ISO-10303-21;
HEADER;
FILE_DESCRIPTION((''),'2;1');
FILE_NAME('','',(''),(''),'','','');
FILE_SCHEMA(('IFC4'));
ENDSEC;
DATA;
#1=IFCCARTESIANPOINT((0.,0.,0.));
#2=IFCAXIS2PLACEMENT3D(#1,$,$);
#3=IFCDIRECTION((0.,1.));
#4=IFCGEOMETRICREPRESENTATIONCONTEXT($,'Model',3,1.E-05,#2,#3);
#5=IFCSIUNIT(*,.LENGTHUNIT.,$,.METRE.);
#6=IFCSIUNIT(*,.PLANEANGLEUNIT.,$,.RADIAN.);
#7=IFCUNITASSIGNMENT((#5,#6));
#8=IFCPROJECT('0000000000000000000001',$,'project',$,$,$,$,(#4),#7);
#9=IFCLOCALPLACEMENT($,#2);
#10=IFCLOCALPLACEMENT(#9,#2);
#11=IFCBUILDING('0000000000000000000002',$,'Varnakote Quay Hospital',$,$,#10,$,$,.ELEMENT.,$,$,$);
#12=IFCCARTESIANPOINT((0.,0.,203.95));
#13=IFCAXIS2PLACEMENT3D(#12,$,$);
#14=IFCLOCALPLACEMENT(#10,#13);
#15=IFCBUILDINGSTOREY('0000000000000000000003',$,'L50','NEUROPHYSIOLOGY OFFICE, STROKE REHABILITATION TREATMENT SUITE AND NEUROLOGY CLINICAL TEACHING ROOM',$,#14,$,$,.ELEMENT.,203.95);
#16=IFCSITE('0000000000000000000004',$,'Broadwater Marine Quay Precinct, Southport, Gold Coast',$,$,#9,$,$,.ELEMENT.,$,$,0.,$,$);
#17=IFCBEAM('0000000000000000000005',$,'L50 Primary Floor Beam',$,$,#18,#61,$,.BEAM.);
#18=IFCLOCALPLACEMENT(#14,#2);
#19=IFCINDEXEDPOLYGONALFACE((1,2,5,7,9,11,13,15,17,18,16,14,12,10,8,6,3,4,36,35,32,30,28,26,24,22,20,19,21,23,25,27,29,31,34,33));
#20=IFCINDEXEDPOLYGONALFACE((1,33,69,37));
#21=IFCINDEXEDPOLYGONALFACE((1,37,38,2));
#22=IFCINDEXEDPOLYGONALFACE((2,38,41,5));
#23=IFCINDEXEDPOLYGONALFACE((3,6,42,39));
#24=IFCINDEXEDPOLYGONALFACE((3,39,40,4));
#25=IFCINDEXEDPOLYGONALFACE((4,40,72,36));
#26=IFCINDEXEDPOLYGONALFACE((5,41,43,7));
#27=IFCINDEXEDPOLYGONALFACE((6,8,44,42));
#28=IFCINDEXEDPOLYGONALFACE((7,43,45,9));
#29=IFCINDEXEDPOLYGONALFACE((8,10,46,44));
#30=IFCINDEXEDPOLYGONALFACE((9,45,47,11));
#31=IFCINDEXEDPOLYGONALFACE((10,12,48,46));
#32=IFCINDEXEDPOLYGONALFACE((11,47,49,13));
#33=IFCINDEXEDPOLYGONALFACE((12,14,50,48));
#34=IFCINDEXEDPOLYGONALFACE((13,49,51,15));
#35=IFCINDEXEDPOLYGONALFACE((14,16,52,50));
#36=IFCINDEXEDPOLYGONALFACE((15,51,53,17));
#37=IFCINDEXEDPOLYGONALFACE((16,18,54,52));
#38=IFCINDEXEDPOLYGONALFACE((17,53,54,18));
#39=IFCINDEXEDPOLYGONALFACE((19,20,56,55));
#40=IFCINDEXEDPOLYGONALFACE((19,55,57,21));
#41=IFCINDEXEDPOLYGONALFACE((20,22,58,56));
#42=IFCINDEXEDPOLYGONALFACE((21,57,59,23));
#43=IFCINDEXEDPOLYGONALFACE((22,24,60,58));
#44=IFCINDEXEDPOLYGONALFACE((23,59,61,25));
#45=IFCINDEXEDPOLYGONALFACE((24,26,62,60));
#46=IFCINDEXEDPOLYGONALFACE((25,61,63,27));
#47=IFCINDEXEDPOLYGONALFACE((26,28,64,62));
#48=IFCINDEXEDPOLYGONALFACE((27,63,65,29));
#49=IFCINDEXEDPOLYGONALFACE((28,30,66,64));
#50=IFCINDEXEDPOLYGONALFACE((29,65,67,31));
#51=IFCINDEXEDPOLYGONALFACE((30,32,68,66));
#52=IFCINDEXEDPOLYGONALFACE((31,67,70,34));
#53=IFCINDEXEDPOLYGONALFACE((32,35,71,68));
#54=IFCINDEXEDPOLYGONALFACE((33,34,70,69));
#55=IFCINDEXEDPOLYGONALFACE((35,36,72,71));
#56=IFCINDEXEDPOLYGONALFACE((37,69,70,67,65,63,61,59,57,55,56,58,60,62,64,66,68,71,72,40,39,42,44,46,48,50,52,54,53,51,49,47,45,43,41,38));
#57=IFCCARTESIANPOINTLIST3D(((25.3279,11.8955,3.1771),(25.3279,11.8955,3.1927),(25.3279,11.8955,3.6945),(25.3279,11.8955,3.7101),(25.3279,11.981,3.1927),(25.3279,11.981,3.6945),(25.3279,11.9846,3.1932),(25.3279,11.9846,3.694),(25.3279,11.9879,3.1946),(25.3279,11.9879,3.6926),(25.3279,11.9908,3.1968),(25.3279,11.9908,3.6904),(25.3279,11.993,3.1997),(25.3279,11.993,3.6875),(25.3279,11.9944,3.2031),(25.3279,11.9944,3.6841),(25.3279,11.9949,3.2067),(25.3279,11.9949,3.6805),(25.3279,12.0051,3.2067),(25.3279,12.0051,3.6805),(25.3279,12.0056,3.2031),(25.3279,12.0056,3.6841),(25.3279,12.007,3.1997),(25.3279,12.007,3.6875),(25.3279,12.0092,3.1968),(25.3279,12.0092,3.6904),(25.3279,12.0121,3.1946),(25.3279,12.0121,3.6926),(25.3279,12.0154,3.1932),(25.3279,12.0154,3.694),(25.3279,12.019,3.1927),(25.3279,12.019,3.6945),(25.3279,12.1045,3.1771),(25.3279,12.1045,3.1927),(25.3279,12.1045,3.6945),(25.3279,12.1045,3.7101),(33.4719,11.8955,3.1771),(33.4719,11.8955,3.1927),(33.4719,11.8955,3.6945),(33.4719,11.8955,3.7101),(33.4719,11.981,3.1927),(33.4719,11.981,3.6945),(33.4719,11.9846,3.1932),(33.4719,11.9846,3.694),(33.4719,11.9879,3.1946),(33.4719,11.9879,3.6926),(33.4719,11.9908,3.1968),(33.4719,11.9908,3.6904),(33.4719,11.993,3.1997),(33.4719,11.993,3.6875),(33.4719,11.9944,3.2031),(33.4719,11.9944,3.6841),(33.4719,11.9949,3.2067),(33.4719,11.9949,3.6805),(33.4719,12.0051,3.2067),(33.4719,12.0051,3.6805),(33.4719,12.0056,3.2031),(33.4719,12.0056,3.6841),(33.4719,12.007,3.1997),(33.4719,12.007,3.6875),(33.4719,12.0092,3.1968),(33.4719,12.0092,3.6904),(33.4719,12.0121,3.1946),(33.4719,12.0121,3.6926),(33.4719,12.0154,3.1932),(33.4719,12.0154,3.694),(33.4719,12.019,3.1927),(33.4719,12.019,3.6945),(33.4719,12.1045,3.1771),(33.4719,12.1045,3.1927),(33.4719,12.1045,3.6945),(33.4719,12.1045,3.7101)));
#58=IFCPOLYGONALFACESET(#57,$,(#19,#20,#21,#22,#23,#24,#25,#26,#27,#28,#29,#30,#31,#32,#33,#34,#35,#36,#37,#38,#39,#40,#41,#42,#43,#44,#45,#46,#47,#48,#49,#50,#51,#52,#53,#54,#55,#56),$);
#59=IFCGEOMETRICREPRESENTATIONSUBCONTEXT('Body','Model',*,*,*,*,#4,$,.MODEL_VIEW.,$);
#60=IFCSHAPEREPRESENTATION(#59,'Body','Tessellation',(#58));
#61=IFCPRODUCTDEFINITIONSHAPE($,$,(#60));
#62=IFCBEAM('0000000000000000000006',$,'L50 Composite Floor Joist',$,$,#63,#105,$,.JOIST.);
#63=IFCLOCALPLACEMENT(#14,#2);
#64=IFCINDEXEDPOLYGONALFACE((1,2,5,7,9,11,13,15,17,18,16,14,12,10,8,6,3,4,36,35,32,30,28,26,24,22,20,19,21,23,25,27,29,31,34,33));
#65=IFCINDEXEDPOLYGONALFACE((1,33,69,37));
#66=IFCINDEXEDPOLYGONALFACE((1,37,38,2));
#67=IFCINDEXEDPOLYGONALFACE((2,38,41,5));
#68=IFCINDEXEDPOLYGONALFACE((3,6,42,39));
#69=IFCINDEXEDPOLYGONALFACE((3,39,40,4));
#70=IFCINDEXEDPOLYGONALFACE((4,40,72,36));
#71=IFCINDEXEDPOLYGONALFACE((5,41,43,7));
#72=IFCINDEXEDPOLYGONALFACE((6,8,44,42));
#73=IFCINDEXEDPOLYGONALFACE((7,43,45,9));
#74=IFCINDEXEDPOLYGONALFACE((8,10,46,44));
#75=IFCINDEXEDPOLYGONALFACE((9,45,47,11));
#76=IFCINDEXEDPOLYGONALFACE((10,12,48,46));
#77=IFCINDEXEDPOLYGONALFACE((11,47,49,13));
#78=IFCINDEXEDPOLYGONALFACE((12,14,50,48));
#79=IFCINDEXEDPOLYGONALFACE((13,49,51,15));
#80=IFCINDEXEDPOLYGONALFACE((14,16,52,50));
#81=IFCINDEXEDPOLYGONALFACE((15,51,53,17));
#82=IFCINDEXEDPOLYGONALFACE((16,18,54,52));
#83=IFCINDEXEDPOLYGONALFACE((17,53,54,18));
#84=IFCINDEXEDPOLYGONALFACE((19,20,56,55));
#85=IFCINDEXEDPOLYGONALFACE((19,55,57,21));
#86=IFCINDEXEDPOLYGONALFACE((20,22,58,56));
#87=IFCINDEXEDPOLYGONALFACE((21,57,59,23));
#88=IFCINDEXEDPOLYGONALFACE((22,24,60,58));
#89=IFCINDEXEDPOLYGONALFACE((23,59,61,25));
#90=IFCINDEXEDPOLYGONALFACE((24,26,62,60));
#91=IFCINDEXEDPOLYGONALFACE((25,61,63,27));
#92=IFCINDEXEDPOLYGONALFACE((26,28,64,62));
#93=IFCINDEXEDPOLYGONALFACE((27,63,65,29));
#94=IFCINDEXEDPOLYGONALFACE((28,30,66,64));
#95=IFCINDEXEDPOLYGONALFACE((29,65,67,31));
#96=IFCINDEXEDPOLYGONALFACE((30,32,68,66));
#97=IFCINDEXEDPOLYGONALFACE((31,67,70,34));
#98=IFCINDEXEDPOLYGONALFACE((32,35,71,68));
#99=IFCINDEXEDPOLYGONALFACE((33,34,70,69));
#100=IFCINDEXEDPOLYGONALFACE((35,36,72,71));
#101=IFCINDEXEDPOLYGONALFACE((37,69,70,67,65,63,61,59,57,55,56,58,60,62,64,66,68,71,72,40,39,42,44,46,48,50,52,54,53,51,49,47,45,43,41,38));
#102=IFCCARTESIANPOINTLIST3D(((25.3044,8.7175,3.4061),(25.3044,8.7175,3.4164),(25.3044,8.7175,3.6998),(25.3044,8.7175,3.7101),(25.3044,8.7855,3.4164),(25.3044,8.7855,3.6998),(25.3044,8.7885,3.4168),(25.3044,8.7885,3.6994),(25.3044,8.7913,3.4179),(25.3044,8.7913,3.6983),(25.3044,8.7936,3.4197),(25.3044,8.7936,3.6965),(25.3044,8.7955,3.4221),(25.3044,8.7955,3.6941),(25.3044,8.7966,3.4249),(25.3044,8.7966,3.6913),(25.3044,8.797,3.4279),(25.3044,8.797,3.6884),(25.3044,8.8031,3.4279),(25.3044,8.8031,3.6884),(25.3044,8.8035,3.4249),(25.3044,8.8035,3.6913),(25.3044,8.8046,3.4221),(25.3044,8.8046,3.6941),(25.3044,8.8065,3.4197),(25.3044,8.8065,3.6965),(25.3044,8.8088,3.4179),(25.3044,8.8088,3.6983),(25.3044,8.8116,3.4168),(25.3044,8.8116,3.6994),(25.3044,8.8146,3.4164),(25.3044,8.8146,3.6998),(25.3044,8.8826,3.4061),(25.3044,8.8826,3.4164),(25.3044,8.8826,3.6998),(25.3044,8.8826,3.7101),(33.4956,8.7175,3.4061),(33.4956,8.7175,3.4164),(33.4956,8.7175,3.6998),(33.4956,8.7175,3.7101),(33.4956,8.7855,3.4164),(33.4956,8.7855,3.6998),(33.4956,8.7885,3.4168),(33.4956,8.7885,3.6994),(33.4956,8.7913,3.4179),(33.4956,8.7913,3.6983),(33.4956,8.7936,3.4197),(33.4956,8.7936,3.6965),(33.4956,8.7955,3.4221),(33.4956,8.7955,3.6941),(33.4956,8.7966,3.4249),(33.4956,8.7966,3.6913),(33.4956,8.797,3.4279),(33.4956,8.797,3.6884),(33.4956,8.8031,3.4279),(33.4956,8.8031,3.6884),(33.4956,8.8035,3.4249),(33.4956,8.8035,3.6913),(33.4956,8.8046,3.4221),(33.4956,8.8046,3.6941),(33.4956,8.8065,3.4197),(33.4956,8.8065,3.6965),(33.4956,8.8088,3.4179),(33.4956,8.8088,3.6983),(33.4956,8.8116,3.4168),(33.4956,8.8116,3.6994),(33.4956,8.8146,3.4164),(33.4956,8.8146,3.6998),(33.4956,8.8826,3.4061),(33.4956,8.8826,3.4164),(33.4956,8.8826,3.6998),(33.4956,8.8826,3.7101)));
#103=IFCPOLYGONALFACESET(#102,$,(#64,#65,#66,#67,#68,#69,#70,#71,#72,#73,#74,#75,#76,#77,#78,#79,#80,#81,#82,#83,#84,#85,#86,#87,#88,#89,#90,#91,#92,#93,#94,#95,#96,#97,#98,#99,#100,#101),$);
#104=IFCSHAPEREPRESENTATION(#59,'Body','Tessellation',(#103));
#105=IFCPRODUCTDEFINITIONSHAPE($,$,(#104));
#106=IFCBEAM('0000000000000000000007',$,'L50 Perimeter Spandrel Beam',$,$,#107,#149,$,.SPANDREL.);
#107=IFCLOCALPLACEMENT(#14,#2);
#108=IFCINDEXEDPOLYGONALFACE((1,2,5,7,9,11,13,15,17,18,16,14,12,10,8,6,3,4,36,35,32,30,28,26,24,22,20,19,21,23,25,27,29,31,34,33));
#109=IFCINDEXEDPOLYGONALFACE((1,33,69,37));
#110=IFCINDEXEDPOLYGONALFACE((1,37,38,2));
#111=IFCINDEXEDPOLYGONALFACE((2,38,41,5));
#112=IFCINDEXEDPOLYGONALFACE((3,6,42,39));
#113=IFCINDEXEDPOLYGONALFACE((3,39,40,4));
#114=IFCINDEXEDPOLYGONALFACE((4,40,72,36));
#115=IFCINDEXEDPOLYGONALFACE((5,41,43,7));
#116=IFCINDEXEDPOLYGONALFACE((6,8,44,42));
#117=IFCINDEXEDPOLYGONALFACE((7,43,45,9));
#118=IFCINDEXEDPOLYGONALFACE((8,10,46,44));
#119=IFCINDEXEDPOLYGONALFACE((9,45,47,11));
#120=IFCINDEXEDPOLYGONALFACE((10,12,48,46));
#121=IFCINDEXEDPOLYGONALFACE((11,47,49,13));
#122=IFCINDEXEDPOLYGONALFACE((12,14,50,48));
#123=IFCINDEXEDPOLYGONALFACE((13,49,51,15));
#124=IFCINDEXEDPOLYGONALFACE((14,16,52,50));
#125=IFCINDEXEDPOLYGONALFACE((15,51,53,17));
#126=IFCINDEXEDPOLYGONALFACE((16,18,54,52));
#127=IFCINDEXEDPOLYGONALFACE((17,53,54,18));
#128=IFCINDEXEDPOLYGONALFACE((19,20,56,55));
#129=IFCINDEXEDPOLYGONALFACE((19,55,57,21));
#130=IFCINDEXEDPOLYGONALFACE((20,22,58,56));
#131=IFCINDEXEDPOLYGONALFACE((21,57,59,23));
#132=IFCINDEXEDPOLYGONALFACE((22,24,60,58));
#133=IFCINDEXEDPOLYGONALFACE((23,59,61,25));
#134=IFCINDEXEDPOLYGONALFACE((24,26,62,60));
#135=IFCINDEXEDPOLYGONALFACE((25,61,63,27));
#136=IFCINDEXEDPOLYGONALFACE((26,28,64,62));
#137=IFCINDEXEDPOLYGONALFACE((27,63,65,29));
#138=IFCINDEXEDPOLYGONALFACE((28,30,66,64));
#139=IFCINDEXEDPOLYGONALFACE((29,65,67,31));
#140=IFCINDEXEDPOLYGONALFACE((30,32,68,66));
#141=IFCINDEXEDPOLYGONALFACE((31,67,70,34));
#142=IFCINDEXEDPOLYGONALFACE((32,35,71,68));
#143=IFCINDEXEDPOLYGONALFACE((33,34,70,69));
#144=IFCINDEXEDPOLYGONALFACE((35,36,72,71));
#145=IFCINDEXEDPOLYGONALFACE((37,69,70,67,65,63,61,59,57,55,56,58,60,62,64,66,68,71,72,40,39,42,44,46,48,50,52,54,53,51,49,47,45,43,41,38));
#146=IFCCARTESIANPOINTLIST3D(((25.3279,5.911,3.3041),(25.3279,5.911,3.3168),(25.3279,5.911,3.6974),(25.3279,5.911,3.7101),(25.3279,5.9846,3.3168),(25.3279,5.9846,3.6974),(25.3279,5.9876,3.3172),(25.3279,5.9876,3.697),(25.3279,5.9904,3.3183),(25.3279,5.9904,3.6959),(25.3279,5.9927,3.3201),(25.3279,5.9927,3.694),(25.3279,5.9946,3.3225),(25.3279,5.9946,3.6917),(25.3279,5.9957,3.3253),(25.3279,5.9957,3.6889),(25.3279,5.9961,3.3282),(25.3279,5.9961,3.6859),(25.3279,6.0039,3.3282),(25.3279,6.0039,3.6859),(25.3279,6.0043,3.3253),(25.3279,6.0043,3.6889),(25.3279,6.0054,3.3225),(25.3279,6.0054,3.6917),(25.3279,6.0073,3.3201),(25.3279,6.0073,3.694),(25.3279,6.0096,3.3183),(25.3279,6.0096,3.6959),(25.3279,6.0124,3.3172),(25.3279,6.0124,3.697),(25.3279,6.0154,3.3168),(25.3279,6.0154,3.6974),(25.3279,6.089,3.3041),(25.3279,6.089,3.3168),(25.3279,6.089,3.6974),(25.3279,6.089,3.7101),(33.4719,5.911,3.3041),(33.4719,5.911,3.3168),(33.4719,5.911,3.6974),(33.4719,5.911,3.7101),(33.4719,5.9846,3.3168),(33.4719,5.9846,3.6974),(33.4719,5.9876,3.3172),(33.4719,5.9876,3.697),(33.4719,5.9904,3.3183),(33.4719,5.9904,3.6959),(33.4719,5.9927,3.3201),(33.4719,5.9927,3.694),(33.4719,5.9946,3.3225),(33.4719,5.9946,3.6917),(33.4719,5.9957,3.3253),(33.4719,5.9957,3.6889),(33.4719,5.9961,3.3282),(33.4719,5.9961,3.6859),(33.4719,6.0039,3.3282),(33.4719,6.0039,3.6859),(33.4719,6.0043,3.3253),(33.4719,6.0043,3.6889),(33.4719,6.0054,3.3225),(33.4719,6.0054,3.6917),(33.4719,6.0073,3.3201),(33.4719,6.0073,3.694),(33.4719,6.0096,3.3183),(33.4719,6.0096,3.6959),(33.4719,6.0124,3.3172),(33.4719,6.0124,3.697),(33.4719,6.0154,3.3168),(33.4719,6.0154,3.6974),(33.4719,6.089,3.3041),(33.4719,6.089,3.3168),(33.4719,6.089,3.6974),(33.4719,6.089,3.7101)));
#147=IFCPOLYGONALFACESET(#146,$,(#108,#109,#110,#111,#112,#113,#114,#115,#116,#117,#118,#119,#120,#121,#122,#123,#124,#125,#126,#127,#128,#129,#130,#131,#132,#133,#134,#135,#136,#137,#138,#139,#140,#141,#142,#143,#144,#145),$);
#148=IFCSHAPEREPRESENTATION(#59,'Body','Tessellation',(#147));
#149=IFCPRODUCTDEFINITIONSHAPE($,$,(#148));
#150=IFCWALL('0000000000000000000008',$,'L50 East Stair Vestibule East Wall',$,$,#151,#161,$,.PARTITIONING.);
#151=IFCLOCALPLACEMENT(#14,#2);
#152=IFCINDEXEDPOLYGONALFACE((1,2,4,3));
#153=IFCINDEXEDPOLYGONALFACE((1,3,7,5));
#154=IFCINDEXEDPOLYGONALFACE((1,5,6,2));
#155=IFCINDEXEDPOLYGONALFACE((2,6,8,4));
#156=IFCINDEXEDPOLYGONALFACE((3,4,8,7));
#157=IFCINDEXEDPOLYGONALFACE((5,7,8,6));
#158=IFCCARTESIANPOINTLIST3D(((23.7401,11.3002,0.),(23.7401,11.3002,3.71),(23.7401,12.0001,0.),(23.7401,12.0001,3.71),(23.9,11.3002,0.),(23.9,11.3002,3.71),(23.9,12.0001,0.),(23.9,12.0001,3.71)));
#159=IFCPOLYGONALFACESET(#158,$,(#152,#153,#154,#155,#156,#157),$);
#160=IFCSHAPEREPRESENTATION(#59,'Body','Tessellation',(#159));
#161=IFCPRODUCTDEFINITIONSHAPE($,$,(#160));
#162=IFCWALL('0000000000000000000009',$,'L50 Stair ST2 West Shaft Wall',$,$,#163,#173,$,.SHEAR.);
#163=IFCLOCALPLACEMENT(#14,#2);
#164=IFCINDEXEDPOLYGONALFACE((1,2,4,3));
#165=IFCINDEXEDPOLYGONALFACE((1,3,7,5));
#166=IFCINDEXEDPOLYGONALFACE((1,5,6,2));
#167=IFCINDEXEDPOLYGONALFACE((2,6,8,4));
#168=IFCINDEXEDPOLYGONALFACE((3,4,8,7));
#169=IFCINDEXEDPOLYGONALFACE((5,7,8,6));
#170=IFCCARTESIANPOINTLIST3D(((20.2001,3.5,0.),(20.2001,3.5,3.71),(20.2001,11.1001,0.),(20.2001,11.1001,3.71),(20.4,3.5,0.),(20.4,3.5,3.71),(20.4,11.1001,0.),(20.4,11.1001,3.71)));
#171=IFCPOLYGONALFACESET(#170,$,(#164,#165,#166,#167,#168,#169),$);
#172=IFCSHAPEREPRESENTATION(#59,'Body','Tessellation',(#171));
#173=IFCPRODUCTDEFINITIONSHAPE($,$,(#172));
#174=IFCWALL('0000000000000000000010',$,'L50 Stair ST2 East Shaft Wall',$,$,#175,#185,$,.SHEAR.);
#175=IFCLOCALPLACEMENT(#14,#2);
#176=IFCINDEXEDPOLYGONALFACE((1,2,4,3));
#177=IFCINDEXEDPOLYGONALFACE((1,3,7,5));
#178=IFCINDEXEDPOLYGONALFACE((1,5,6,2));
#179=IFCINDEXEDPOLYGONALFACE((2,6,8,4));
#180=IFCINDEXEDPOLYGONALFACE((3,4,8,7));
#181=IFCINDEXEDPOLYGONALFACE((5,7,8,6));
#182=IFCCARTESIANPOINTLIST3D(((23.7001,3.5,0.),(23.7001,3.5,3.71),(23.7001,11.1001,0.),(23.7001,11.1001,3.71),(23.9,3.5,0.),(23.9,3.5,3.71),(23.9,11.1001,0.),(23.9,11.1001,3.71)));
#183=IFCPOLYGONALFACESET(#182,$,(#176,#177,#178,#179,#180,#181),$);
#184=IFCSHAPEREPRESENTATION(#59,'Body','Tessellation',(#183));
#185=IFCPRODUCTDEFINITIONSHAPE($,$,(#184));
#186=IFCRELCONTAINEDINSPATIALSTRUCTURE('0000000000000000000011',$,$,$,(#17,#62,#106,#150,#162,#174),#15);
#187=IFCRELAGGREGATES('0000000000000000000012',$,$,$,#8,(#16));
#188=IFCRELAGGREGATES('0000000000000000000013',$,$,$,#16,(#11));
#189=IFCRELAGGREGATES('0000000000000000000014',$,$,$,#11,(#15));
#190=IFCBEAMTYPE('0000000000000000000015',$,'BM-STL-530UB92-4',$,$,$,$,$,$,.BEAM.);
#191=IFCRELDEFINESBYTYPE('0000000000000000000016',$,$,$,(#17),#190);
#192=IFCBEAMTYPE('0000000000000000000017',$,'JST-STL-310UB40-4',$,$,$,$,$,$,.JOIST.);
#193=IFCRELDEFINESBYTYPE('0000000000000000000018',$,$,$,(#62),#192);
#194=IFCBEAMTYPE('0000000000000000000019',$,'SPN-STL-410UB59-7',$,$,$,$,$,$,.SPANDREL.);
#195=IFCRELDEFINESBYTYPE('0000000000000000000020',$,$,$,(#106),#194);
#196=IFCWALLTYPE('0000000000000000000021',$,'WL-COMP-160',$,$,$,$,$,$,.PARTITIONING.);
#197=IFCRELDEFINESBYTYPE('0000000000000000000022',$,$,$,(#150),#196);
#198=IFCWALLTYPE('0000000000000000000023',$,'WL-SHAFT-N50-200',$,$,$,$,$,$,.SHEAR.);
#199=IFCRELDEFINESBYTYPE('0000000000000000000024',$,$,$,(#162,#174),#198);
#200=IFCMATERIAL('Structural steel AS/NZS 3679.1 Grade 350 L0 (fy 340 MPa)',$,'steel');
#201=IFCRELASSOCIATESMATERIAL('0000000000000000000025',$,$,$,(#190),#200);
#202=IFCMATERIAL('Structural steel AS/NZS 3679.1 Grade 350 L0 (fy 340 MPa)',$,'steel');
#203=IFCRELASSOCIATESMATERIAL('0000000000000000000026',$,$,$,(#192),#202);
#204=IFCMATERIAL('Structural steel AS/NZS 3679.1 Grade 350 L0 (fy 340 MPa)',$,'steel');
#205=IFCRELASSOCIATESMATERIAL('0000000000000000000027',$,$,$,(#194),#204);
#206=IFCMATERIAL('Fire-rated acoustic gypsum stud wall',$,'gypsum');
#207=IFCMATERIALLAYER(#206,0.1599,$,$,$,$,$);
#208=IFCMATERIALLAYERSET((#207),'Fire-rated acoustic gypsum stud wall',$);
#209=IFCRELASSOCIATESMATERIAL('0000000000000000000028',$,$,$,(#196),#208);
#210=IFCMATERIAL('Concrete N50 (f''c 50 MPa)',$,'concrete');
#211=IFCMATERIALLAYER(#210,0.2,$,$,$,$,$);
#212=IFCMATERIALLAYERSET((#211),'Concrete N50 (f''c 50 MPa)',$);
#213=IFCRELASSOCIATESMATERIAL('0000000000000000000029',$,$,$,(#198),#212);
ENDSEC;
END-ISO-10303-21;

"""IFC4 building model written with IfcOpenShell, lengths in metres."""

from ifc_helpers import new_model, si_unit, direction, frame, frame_2d, origin, origin_2d, place, context, subcontext, project, spatial, rectangle, i_section, extrude, material, layer, layer_set, material_profile, profile_set, type_object, element, save


model = new_model("IFC4")

# Units and contexts
model_context = context("Model", 3, precision=1e-05, world=origin(), true_north=direction((0.0, 1.0)))
body_context = subcontext(model_context, "Body", "Model", "MODEL_VIEW")
ifc_project = project(units=[si_unit("LENGTHUNIT", "METRE"), si_unit("PLANEANGLEUNIT", "RADIAN")], contexts=[model_context])

# Site, building, storey
site_placement = place(None, origin())
site = spatial("IfcSite", under=ifc_project, at=site_placement, Name="Broadwater Marine Quay Precinct, Southport, Gold Coast", CompositionType="ELEMENT", RefElevation=0.0)
building_placement = place(site_placement, origin())
building = spatial("IfcBuilding", under=site, at=building_placement, Name="Varnakote Quay Hospital", CompositionType="ELEMENT")
storey_placement = place(building_placement, frame((0.0, 0.0, 203.95)))
storey = spatial("IfcBuildingStorey", under=building, at=storey_placement, Name="L50", Description="NEUROPHYSIOLOGY OFFICE, STROKE REHABILITATION TREATMENT SUITE AND NEUROLOGY CLINICAL TEACHING ROOM", CompositionType="ELEMENT", Elevation=203.95)

# Beams
ifc_material_1 = material(Name="Structural steel AS/NZS 3679.1 Grade 350 L0 (fy 340 MPa)", Category="steel")
ifc_material_profile_1 = material_profile(ifc_material_1, i_section(OverallWidth=0.209, OverallDepth=0.533, WebThickness=0.0103, FlangeThickness=0.0156, FilletRadius=0.0139, at=origin_2d()), Name="530UB92.4")
ifc_profile_set_1 = profile_set([ifc_material_profile_1], Name="Structural steel AS/NZS 3679.1 Grade 350 L0 (fy 340 MPa)")
beam_type_1 = type_object("IfcBeamType", Name="BM-STL-530UB92-4", PredefinedType="BEAM", material=ifc_profile_set_1)
beam_1_placement = place(storey_placement, frame((25.3279, 12.0, 3.4436), z_axis=(1.0, 0.0, 0.0), x_axis=(0.0, 1.0, 0.0)))
element("IfcBeam", 1, at=beam_1_placement, inside=storey, type_object=beam_type_1, Name="L50 Primary Floor Beam", PredefinedType="BEAM", context=body_context, shape_type="SweptSolid", body=[
    extrude(i_section(OverallWidth=0.209, OverallDepth=0.533, WebThickness=0.0103, FlangeThickness=0.0156, FilletRadius=0.0139, at=origin_2d()), origin(), (0.0, 0.0, 1.0), 8.144),
])
ifc_material_2 = material(Name="Structural steel AS/NZS 3679.1 Grade 350 L0 (fy 340 MPa)", Category="steel")
ifc_material_profile_2 = material_profile(ifc_material_2, i_section(OverallWidth=0.165, OverallDepth=0.304, WebThickness=0.0061, FlangeThickness=0.0103, FilletRadius=0.0115, at=origin_2d()), Name="310UB40.4")
ifc_profile_set_2 = profile_set([ifc_material_profile_2], Name="Structural steel AS/NZS 3679.1 Grade 350 L0 (fy 340 MPa)")
beam_type_2 = type_object("IfcBeamType", Name="JST-STL-310UB40-4", PredefinedType="JOIST", material=ifc_profile_set_2)
beam_2_placement = place(storey_placement, frame((25.3044, 8.8, 3.5581), z_axis=(1.0, 0.0, 0.0), x_axis=(0.0, 1.0, 0.0)))
element("IfcBeam", 2, at=beam_2_placement, inside=storey, type_object=beam_type_2, Name="L50 Composite Floor Joist", PredefinedType="JOIST", context=body_context, shape_type="SweptSolid", body=[
    extrude(i_section(OverallWidth=0.165, OverallDepth=0.304, WebThickness=0.0061, FlangeThickness=0.0103, FilletRadius=0.0115, at=origin_2d()), origin(), (0.0, 0.0, 1.0), 8.1912),
])
ifc_material_3 = material(Name="Structural steel AS/NZS 3679.1 Grade 350 L0 (fy 340 MPa)", Category="steel")
ifc_material_profile_3 = material_profile(ifc_material_3, i_section(OverallWidth=0.178, OverallDepth=0.406, WebThickness=0.0078, FlangeThickness=0.0127, FilletRadius=0.0115, at=origin_2d()), Name="410UB59.7")
ifc_profile_set_3 = profile_set([ifc_material_profile_3], Name="Structural steel AS/NZS 3679.1 Grade 350 L0 (fy 340 MPa)")
beam_type_3 = type_object("IfcBeamType", Name="SPN-STL-410UB59-7", PredefinedType="SPANDREL", material=ifc_profile_set_3)
beam_3_placement = place(storey_placement, frame((25.3279, 6.0, 3.5071), z_axis=(1.0, 0.0, 0.0), x_axis=(0.0, 1.0, 0.0)))
element("IfcBeam", 3, at=beam_3_placement, inside=storey, type_object=beam_type_3, Name="L50 Perimeter Spandrel Beam", PredefinedType="SPANDREL", context=body_context, shape_type="SweptSolid", body=[
    extrude(i_section(OverallWidth=0.178, OverallDepth=0.406, WebThickness=0.0078, FlangeThickness=0.0127, FilletRadius=0.0115, at=origin_2d()), origin(), (0.0, 0.0, 1.0), 8.144),
])

# Walls
ifc_material_4 = material(Name="Fire-rated acoustic gypsum stud wall", Category="gypsum")
ifc_layer_1 = layer(ifc_material_4, 0.1599)
ifc_layer_set_1 = layer_set([ifc_layer_1], Name="Fire-rated acoustic gypsum stud wall")
wall_type_1 = type_object("IfcWallType", Name="WL-COMP-160", PredefinedType="PARTITIONING", material=ifc_layer_set_1)
wall_placement = place(storey_placement, frame((23.8201, 11.3, 0.0), z_axis=(0.0, 0.0, 1.0), x_axis=(0.0, 1.0, 0.0)))
element("IfcWall", 4, at=wall_placement, inside=storey, type_object=wall_type_1, Name="L50 East Stair Vestibule East Wall", PredefinedType="PARTITIONING", context=body_context, shape_type="SweptSolid", body=[
    extrude(rectangle(XDim=0.7, YDim=0.1599, at=frame_2d((0.3501, 0.0))), origin(), (0.0, 0.0, 1.0), 3.71),
])
ifc_material_5 = material(Name="Concrete N50 (f'c 50 MPa)", Category="concrete")
ifc_layer_2 = layer(ifc_material_5, 0.2)
ifc_layer_set_2 = layer_set([ifc_layer_2], Name="Concrete N50 (f'c 50 MPa)")
wall_type_2 = type_object("IfcWallType", Name="WL-SHAFT-N50-200", PredefinedType="SHEAR", material=ifc_layer_set_2)
for number, where, z_axis, x_axis, name in (
    (5, (20.3, 3.5, 0.0), (0.0, 0.0, 1.0), (0.0, 1.0, 0.0), "L50 Stair ST2 West Shaft Wall"),
    (6, (23.8, 3.5, 0.0), (0.0, 0.0, 1.0), (0.0, 1.0, 0.0), "L50 Stair ST2 East Shaft Wall"),
):
    element("IfcWall", number, at=place(storey_placement, frame(where, z_axis=z_axis, x_axis=x_axis)), inside=storey, type_object=wall_type_2, Name=name, PredefinedType="SHEAR", context=body_context, shape_type="SweptSolid", body=[
        extrude(rectangle(XDim=7.6001, YDim=0.2, at=frame_2d((3.8, 0.0))), origin(), (0.0, 0.0, 1.0), 3.71),
    ])

save(model, "model.ifc")
